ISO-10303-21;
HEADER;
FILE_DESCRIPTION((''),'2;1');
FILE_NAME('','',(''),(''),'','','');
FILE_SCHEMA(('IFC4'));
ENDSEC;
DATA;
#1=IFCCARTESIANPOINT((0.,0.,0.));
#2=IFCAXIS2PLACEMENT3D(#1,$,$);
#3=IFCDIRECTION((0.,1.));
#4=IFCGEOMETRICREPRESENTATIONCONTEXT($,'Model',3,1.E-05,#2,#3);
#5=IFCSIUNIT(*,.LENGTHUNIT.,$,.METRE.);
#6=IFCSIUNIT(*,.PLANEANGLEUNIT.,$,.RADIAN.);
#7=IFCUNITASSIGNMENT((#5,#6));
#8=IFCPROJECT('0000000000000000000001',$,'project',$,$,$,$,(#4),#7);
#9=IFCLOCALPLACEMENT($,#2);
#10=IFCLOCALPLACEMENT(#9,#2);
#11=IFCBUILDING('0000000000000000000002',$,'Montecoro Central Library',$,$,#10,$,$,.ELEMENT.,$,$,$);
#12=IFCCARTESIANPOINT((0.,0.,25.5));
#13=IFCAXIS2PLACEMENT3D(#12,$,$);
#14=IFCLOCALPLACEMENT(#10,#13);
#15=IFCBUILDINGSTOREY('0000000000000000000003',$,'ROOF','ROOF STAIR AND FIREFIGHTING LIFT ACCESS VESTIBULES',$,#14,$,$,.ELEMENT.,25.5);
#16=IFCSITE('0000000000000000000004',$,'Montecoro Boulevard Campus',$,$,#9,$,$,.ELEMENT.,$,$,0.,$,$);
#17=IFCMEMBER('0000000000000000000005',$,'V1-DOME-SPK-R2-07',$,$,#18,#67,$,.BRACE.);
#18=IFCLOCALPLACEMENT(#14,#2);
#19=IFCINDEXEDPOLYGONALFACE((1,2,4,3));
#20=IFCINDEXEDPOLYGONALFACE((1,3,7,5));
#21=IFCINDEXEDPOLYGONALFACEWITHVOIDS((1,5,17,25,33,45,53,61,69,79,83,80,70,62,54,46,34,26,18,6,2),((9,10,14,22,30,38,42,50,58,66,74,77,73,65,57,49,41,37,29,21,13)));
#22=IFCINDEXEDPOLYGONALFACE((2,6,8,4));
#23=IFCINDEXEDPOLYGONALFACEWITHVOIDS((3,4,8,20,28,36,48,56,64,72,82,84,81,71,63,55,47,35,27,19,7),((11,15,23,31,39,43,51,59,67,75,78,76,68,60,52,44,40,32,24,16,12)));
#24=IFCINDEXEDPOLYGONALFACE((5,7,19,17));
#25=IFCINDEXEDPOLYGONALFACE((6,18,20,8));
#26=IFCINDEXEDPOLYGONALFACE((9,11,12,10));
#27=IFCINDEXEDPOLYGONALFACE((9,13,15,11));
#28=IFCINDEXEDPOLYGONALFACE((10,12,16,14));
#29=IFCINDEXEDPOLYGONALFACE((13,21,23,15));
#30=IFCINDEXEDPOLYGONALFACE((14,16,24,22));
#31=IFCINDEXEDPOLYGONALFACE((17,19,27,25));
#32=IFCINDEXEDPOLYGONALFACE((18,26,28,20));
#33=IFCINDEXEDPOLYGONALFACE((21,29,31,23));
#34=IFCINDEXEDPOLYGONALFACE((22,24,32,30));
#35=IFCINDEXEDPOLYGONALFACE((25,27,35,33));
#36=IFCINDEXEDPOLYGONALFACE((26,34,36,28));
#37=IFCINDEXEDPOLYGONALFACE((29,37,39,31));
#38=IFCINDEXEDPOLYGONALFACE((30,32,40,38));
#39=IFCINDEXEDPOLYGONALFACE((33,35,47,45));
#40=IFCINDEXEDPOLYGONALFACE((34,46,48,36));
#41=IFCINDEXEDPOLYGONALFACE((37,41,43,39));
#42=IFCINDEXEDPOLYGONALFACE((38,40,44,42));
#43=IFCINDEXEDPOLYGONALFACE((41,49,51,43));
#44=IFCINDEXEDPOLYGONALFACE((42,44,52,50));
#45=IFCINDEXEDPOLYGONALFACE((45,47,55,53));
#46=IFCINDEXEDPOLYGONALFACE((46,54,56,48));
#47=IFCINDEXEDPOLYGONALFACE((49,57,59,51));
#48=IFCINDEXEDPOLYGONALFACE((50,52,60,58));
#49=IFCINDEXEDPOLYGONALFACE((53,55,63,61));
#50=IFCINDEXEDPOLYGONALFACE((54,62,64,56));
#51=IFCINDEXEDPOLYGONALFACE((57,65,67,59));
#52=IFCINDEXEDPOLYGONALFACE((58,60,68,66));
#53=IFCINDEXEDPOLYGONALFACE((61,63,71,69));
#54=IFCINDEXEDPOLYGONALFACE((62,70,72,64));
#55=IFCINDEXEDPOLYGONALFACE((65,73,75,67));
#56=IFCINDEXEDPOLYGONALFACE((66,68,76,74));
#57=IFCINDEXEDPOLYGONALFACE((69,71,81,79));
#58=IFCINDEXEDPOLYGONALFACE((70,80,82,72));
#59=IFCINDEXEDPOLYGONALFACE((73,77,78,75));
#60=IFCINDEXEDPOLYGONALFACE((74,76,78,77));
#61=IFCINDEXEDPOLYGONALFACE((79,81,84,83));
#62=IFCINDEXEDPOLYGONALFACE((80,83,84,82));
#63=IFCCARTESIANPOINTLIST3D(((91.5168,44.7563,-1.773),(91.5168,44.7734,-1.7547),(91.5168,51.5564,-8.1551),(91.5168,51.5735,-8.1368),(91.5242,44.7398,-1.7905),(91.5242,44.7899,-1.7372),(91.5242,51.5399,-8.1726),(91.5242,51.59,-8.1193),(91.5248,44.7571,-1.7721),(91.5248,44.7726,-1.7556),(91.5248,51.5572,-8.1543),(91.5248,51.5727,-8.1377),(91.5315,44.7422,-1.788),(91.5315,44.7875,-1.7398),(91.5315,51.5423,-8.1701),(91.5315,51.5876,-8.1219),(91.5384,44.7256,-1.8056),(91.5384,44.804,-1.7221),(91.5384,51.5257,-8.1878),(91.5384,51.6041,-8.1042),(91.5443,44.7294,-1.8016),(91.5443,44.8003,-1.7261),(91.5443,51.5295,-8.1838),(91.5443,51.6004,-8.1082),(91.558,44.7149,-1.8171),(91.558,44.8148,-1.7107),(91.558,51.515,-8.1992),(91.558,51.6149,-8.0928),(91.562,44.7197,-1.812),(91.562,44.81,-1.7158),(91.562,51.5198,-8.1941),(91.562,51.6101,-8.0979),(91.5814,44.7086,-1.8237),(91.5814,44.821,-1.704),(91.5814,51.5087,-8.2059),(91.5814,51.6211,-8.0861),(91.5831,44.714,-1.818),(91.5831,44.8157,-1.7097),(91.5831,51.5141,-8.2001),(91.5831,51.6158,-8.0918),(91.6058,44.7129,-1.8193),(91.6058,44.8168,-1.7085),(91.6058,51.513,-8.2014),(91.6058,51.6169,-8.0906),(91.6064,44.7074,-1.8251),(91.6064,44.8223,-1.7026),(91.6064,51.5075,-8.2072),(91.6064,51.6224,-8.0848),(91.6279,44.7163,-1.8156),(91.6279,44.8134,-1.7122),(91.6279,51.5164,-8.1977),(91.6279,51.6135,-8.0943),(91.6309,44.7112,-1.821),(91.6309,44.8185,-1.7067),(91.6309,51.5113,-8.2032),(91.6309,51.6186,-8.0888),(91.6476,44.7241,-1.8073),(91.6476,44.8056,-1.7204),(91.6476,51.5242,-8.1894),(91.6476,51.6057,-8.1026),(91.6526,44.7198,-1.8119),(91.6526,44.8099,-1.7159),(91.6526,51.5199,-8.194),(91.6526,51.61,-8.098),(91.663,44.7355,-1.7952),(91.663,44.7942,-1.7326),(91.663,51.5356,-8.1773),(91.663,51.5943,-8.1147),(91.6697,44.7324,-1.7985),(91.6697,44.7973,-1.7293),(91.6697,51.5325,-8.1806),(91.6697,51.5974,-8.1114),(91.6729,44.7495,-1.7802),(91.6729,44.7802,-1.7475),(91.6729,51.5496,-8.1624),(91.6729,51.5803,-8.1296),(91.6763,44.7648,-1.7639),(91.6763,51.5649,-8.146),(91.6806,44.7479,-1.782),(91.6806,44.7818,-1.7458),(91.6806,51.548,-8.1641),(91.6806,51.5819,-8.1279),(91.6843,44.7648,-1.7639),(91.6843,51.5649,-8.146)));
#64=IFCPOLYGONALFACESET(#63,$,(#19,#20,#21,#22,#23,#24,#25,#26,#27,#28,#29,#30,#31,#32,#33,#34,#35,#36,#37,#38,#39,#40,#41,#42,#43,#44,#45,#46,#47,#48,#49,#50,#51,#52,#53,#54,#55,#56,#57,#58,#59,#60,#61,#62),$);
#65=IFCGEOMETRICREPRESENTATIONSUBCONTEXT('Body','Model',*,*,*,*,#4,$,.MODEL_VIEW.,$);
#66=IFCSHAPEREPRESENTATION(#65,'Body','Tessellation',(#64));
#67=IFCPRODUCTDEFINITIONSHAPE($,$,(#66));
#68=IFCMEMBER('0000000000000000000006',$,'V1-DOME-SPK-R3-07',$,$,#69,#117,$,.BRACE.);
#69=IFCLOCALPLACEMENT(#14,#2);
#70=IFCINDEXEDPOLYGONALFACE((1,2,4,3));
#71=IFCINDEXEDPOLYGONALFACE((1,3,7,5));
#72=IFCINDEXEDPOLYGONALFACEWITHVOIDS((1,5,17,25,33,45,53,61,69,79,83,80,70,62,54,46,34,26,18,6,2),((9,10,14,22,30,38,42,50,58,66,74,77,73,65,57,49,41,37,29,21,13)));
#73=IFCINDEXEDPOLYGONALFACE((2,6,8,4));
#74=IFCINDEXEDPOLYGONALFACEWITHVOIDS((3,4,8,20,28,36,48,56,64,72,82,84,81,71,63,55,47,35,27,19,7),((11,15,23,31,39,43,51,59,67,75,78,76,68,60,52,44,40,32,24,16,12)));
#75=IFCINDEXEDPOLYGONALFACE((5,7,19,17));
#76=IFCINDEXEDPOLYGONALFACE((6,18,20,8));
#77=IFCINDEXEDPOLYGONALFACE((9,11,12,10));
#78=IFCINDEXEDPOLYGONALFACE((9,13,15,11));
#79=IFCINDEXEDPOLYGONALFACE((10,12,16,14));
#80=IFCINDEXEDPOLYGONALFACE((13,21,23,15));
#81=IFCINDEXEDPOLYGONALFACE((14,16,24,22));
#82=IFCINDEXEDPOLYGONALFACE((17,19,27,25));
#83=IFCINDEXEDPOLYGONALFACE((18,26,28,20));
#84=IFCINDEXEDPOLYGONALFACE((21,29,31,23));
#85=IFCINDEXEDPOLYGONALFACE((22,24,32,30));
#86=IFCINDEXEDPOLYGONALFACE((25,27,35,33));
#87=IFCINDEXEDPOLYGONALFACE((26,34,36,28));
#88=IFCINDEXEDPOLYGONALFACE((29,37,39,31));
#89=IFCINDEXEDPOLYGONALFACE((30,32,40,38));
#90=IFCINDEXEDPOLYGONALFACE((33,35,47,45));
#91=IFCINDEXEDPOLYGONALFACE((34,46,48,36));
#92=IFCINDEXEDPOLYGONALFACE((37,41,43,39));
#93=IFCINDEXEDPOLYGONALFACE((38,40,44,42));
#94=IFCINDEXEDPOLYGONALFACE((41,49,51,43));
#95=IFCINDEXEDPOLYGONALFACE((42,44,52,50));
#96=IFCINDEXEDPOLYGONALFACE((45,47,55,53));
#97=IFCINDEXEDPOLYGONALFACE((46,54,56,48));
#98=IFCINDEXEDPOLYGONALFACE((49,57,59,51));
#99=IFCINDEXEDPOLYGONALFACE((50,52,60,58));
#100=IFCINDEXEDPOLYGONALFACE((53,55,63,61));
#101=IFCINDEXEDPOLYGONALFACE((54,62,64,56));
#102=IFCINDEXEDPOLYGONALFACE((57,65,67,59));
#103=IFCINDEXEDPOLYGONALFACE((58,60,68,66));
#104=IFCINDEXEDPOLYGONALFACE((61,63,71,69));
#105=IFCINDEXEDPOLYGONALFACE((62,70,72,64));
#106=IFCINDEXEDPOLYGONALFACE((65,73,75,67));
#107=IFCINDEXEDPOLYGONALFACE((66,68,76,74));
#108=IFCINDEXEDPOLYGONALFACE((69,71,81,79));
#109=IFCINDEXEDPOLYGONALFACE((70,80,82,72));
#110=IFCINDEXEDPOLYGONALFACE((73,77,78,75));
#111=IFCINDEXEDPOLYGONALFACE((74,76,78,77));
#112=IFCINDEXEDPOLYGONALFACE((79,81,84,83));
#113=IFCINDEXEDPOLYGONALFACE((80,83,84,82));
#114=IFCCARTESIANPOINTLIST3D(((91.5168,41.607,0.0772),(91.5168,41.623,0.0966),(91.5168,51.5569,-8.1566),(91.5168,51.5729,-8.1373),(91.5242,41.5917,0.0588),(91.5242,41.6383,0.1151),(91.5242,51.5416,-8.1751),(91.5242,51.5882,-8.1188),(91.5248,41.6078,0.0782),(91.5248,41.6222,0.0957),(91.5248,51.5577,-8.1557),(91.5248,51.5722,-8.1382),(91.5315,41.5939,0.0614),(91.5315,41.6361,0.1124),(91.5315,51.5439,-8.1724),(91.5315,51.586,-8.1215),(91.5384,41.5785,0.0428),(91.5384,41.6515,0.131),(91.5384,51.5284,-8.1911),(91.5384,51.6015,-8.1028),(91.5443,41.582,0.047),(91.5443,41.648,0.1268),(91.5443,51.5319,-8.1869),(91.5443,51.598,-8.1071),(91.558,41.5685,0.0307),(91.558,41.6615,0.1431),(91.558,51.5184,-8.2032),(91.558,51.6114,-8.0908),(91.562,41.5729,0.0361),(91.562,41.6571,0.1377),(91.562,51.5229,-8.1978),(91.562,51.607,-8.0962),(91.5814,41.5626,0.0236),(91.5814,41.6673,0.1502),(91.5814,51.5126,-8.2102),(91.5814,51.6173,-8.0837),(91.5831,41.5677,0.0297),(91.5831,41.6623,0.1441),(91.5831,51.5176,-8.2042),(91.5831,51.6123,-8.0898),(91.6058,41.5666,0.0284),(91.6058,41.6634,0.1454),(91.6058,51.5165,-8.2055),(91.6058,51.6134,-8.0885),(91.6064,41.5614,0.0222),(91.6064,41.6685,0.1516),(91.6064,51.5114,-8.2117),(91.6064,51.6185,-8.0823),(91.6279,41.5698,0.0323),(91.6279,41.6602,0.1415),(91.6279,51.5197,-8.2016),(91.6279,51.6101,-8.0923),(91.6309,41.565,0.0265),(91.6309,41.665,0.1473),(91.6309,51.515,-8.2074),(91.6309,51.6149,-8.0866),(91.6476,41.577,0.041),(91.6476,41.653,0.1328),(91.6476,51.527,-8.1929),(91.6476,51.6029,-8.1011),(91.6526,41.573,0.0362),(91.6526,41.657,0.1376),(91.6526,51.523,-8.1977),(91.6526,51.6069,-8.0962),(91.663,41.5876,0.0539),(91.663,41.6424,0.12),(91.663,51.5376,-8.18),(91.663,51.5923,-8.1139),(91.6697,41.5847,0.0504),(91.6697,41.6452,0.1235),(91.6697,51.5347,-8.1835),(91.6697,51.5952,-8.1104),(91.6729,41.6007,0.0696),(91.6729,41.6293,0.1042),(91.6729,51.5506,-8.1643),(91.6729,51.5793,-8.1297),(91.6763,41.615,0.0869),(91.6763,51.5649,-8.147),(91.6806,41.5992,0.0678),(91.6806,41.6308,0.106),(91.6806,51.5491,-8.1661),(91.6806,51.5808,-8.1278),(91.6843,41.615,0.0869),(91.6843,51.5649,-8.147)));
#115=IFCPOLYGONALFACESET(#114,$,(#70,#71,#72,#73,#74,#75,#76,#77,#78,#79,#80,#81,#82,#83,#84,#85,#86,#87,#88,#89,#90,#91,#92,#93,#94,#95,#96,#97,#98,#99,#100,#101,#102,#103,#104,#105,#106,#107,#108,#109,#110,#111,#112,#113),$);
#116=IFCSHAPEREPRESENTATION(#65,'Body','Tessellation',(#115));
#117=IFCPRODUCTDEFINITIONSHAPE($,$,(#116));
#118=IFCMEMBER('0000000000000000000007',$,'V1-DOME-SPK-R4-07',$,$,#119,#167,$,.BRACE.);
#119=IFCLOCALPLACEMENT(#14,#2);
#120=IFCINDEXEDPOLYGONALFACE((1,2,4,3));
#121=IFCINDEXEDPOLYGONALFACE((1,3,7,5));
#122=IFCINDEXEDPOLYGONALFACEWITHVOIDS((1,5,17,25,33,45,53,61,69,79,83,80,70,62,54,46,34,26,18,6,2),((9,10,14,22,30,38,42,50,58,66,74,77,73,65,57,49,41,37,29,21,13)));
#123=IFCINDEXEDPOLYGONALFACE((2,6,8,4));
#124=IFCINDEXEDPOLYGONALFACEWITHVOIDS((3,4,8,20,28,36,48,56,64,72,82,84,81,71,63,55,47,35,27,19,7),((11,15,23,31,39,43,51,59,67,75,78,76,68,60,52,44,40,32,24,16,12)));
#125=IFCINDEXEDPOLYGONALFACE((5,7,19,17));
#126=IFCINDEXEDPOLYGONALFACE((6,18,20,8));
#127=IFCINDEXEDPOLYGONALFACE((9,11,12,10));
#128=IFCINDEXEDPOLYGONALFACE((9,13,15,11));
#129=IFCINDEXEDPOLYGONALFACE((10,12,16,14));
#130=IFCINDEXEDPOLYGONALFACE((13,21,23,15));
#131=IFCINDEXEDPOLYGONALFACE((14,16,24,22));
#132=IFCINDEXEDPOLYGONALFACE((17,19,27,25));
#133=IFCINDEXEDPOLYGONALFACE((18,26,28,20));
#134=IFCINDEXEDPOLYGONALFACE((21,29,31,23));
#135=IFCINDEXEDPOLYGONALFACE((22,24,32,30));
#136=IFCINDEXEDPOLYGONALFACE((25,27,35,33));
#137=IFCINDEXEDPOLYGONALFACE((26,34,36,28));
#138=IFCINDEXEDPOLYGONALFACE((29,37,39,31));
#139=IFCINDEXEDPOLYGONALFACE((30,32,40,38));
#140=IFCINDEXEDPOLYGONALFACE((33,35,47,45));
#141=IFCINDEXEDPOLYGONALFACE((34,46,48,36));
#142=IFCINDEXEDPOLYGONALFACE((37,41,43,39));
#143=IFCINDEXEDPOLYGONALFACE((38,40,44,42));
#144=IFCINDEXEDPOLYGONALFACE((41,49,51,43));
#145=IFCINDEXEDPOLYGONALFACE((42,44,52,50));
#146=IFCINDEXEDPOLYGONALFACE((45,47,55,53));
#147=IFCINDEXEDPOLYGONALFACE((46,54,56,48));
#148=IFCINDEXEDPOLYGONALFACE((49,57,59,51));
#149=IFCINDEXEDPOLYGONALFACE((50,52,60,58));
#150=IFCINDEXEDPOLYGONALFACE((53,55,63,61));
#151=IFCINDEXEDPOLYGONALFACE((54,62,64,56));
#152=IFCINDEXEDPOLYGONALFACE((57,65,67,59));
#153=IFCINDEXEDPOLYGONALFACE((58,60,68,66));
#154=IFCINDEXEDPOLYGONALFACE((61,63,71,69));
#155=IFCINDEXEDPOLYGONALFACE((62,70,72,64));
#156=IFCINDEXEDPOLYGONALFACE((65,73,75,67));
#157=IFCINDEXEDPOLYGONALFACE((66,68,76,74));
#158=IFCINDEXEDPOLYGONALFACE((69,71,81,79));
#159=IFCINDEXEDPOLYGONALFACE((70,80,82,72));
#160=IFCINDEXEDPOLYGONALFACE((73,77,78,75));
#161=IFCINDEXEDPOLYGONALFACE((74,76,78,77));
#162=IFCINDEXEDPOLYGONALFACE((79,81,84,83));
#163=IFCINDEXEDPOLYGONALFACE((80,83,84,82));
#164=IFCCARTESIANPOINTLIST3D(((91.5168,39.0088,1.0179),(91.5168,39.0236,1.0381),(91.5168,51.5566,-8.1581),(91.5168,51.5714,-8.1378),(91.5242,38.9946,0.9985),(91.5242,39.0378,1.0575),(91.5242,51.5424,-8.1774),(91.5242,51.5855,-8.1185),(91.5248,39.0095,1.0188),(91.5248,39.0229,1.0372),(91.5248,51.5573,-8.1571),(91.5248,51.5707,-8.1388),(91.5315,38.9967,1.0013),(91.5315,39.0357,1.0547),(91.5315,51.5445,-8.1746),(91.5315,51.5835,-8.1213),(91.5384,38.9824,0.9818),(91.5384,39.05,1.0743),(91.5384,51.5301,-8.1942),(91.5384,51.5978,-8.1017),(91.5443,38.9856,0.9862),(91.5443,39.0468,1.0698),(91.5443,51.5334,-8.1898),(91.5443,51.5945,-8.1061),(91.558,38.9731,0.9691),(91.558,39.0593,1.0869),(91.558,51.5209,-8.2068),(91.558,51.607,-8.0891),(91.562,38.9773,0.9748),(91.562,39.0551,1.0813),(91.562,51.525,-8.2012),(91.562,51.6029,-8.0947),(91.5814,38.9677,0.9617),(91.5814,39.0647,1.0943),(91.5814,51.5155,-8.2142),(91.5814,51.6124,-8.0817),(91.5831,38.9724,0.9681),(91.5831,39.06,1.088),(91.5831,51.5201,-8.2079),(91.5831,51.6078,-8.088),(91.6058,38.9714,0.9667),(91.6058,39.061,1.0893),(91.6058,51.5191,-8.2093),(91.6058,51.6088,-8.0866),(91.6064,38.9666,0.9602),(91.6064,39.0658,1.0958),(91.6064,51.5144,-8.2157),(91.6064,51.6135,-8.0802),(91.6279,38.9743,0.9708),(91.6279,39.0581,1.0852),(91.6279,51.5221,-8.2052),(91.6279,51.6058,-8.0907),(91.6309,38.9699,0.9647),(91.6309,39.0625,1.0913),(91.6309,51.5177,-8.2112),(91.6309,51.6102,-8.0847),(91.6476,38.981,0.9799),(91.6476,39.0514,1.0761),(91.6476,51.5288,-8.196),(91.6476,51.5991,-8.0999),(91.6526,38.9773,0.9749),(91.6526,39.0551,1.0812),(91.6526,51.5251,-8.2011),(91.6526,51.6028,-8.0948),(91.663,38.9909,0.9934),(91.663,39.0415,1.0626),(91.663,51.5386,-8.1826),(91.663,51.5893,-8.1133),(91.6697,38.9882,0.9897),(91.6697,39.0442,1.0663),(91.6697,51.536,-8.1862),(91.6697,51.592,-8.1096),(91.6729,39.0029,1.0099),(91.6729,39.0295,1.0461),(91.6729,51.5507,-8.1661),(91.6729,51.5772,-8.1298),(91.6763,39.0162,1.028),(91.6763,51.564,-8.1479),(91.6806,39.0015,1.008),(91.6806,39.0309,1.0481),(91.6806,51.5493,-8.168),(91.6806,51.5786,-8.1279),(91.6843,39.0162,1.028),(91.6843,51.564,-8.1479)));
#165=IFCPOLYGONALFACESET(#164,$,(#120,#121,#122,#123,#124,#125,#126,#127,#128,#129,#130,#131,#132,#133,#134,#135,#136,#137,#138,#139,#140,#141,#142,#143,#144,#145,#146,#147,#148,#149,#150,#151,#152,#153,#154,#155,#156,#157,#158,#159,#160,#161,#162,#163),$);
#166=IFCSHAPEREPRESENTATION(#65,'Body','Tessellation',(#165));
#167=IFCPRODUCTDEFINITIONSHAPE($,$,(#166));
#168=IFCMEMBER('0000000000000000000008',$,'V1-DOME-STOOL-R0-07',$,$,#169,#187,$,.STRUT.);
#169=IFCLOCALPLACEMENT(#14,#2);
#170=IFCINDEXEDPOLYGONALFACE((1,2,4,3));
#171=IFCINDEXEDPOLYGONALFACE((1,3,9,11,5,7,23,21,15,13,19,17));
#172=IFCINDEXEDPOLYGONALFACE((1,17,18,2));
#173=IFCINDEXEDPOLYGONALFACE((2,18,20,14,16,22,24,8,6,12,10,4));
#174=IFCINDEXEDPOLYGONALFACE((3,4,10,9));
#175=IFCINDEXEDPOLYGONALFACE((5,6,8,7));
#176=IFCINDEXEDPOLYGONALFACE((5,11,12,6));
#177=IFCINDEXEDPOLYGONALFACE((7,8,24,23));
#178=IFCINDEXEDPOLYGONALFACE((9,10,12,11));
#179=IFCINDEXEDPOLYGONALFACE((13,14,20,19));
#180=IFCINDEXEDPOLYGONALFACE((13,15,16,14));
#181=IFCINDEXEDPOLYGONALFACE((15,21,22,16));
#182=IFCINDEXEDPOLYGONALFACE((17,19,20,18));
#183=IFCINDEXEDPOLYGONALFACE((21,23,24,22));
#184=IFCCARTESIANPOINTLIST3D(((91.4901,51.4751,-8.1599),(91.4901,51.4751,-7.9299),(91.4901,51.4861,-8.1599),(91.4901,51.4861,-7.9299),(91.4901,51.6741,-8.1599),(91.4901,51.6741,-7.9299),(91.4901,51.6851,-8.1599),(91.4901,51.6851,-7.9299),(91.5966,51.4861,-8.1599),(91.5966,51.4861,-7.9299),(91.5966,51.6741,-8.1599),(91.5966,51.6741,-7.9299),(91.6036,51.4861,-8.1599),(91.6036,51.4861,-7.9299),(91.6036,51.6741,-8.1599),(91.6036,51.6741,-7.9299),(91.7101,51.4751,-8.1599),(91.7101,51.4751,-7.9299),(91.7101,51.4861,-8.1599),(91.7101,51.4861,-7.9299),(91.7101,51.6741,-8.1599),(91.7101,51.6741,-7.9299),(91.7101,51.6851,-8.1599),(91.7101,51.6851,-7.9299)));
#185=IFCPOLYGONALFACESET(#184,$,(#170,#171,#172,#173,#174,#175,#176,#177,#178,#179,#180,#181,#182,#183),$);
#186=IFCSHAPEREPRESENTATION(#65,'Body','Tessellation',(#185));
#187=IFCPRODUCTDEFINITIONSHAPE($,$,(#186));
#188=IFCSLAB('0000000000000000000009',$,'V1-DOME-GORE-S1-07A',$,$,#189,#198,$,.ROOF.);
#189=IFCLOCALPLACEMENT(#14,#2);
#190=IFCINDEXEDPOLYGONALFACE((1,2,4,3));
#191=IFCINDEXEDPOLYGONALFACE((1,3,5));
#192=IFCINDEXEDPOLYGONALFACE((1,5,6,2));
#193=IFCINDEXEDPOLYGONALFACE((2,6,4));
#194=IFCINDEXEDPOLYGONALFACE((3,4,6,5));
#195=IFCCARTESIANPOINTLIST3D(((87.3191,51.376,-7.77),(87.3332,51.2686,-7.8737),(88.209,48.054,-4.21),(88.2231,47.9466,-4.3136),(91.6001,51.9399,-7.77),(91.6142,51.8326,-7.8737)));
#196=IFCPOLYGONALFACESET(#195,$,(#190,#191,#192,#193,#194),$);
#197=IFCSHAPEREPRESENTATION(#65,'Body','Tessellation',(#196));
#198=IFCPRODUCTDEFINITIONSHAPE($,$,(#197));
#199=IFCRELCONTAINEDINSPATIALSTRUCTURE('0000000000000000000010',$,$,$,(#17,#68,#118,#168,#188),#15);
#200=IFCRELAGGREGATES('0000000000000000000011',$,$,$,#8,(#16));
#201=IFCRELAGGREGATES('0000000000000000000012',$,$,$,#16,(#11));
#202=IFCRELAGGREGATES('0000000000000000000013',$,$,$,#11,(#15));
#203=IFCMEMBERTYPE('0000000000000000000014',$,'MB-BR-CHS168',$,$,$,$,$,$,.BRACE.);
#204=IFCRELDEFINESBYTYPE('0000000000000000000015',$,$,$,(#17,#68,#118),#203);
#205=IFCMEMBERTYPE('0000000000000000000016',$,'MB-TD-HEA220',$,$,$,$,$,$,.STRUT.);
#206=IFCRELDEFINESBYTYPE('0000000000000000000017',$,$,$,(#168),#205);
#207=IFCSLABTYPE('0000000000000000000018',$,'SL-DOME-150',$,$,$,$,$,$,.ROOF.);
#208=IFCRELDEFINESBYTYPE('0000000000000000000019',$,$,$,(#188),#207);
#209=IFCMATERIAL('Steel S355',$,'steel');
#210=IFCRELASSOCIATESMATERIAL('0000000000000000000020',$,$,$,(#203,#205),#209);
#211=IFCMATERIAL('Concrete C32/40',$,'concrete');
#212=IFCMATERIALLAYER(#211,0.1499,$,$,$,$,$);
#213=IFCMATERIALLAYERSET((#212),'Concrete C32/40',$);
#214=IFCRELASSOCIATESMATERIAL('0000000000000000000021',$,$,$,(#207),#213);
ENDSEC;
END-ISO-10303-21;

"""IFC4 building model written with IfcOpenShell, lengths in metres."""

from ifc_helpers import new_model, si_unit, direction, frame, origin, origin_2d, place, context, subcontext, project, spatial, polyline, hollow_circle, i_section, outline, extrude, material, layer, layer_set, material_profile, profile_set, type_object, element, save


model = new_model("IFC4")

# Units and contexts
model_context = context("Model", 3, precision=1e-05, world=origin(), true_north=direction((0.0, 1.0)))
body_context = subcontext(model_context, "Body", "Model", "MODEL_VIEW")
ifc_project = project(units=[si_unit("LENGTHUNIT", "METRE"), si_unit("PLANEANGLEUNIT", "RADIAN")], contexts=[model_context])

# Site, building, storey
site_placement = place(None, origin())
site = spatial("IfcSite", under=ifc_project, at=site_placement, Name="Montecoro Boulevard Campus", CompositionType="ELEMENT", RefElevation=0.0)
building_placement = place(site_placement, origin())
building = spatial("IfcBuilding", under=site, at=building_placement, Name="Montecoro Central Library", CompositionType="ELEMENT")
storey_placement = place(building_placement, frame((0.0, 0.0, 25.5)))
storey = spatial("IfcBuildingStorey", under=building, at=storey_placement, Name="ROOF", Description="ROOF STAIR AND FIREFIGHTING LIFT ACCESS VESTIBULES", CompositionType="ELEMENT", Elevation=25.5)

# Members
ifc_material_1 = material(Name="Steel S355", Category="steel")
ifc_material_profile_1 = material_profile(ifc_material_1, hollow_circle(Radius=0.0842, WallThickness=0.0081, at=origin_2d()), Name="CHS 168.3x8.0")
ifc_profile_set_1 = profile_set([ifc_material_profile_1], Name="Steel S355")
member_type_1 = type_object("IfcMemberType", Name="MB-BR-CHS168", PredefinedType="BRACE", material=ifc_profile_set_1)
member_1_placement = place(storey_placement, frame((91.6001, 51.5649, -8.146), z_axis=(0.0, -0.729161, 0.684342), x_axis=(1.0, 0.0, 0.0)))
element("IfcMember", 1, at=member_1_placement, inside=storey, type_object=member_type_1, Name="V1-DOME-SPK-R2-07", PredefinedType="BRACE", context=body_context, shape_type="SweptSolid", body=[
    extrude(hollow_circle(Radius=0.0842, WallThickness=0.0081, at=origin_2d()), origin(), (0.0, 0.0, 1.0), 9.3259),
])
member_2_placement = place(storey_placement, frame((91.6001, 51.5649, -8.147), z_axis=(0.0, -0.770415, 0.637542), x_axis=(1.0, 0.0, 0.0)))
element("IfcMember", 2, at=member_2_placement, inside=storey, type_object=member_type_1, Name="V1-DOME-SPK-R3-07", PredefinedType="BRACE", context=body_context, shape_type="SweptSolid", body=[
    extrude(hollow_circle(Radius=0.0842, WallThickness=0.0081, at=origin_2d()), origin(), (0.0, 0.0, 1.0), 12.915),
])
member_3_placement = place(storey_placement, frame((91.6001, 51.564, -8.1479), z_axis=(0.0, -0.807194, 0.590287), x_axis=(1.0, 0.0, 0.0)))
element("IfcMember", 3, at=member_3_placement, inside=storey, type_object=member_type_1, Name="V1-DOME-SPK-R4-07", PredefinedType="BRACE", context=body_context, shape_type="SweptSolid", body=[
    extrude(hollow_circle(Radius=0.0842, WallThickness=0.0081, at=origin_2d()), origin(), (0.0, 0.0, 1.0), 15.5449),
])
ifc_material_profile_2 = material_profile(ifc_material_1, i_section(OverallWidth=0.22, OverallDepth=0.21, WebThickness=0.0071, FlangeThickness=0.011, at=origin_2d()), Name="HEA 220")
ifc_profile_set_2 = profile_set([ifc_material_profile_2], Name="Steel S355")
member_type_2 = type_object("IfcMemberType", Name="MB-TD-HEA220", PredefinedType="STRUT", material=ifc_profile_set_2)
member_4_placement = place(storey_placement, frame((91.6001, 51.5801, -8.1599), z_axis=(0.0, 0.0, 1.0), x_axis=(1.0, 0.0, 0.0)))
element("IfcMember", 4, at=member_4_placement, inside=storey, type_object=member_type_2, Name="V1-DOME-STOOL-R0-07", PredefinedType="STRUT", context=body_context, shape_type="SweptSolid", body=[
    extrude(i_section(OverallWidth=0.22, OverallDepth=0.21, WebThickness=0.0071, FlangeThickness=0.011, at=origin_2d()), origin(), (0.0, 0.0, 1.0), 0.23),
])

# Slab
ifc_material_2 = material(Name="Concrete C32/40", Category="concrete")
ifc_layer_1 = layer(ifc_material_2, 0.1499)
ifc_layer_set_1 = layer_set([ifc_layer_1], Name="Concrete C32/40")
slab_type_1 = type_object("IfcSlabType", Name="SL-DOME-150", PredefinedType="ROOF", material=ifc_layer_set_1)
slab_1_placement = place(storey_placement, frame((91.6001, 51.9399, -7.77), z_axis=(-0.094323, 0.715998, 0.691701), x_axis=(-0.991434, -0.130608, 0.0)))
element("IfcSlab", 5, at=slab_1_placement, inside=storey, type_object=slab_type_1, Name="V1-DOME-GORE-S1-07A", PredefinedType="ROOF", context=body_context, shape_type="SweptSolid", body=[
    extrude(outline(polyline([(0.0, 0.0), (4.318, 0.0), (3.8696, 4.9296), (0.0, 0.0)])), origin(), (0.0, 0.0, -1.0), 0.1499),
])

save(model, "model.ifc")
